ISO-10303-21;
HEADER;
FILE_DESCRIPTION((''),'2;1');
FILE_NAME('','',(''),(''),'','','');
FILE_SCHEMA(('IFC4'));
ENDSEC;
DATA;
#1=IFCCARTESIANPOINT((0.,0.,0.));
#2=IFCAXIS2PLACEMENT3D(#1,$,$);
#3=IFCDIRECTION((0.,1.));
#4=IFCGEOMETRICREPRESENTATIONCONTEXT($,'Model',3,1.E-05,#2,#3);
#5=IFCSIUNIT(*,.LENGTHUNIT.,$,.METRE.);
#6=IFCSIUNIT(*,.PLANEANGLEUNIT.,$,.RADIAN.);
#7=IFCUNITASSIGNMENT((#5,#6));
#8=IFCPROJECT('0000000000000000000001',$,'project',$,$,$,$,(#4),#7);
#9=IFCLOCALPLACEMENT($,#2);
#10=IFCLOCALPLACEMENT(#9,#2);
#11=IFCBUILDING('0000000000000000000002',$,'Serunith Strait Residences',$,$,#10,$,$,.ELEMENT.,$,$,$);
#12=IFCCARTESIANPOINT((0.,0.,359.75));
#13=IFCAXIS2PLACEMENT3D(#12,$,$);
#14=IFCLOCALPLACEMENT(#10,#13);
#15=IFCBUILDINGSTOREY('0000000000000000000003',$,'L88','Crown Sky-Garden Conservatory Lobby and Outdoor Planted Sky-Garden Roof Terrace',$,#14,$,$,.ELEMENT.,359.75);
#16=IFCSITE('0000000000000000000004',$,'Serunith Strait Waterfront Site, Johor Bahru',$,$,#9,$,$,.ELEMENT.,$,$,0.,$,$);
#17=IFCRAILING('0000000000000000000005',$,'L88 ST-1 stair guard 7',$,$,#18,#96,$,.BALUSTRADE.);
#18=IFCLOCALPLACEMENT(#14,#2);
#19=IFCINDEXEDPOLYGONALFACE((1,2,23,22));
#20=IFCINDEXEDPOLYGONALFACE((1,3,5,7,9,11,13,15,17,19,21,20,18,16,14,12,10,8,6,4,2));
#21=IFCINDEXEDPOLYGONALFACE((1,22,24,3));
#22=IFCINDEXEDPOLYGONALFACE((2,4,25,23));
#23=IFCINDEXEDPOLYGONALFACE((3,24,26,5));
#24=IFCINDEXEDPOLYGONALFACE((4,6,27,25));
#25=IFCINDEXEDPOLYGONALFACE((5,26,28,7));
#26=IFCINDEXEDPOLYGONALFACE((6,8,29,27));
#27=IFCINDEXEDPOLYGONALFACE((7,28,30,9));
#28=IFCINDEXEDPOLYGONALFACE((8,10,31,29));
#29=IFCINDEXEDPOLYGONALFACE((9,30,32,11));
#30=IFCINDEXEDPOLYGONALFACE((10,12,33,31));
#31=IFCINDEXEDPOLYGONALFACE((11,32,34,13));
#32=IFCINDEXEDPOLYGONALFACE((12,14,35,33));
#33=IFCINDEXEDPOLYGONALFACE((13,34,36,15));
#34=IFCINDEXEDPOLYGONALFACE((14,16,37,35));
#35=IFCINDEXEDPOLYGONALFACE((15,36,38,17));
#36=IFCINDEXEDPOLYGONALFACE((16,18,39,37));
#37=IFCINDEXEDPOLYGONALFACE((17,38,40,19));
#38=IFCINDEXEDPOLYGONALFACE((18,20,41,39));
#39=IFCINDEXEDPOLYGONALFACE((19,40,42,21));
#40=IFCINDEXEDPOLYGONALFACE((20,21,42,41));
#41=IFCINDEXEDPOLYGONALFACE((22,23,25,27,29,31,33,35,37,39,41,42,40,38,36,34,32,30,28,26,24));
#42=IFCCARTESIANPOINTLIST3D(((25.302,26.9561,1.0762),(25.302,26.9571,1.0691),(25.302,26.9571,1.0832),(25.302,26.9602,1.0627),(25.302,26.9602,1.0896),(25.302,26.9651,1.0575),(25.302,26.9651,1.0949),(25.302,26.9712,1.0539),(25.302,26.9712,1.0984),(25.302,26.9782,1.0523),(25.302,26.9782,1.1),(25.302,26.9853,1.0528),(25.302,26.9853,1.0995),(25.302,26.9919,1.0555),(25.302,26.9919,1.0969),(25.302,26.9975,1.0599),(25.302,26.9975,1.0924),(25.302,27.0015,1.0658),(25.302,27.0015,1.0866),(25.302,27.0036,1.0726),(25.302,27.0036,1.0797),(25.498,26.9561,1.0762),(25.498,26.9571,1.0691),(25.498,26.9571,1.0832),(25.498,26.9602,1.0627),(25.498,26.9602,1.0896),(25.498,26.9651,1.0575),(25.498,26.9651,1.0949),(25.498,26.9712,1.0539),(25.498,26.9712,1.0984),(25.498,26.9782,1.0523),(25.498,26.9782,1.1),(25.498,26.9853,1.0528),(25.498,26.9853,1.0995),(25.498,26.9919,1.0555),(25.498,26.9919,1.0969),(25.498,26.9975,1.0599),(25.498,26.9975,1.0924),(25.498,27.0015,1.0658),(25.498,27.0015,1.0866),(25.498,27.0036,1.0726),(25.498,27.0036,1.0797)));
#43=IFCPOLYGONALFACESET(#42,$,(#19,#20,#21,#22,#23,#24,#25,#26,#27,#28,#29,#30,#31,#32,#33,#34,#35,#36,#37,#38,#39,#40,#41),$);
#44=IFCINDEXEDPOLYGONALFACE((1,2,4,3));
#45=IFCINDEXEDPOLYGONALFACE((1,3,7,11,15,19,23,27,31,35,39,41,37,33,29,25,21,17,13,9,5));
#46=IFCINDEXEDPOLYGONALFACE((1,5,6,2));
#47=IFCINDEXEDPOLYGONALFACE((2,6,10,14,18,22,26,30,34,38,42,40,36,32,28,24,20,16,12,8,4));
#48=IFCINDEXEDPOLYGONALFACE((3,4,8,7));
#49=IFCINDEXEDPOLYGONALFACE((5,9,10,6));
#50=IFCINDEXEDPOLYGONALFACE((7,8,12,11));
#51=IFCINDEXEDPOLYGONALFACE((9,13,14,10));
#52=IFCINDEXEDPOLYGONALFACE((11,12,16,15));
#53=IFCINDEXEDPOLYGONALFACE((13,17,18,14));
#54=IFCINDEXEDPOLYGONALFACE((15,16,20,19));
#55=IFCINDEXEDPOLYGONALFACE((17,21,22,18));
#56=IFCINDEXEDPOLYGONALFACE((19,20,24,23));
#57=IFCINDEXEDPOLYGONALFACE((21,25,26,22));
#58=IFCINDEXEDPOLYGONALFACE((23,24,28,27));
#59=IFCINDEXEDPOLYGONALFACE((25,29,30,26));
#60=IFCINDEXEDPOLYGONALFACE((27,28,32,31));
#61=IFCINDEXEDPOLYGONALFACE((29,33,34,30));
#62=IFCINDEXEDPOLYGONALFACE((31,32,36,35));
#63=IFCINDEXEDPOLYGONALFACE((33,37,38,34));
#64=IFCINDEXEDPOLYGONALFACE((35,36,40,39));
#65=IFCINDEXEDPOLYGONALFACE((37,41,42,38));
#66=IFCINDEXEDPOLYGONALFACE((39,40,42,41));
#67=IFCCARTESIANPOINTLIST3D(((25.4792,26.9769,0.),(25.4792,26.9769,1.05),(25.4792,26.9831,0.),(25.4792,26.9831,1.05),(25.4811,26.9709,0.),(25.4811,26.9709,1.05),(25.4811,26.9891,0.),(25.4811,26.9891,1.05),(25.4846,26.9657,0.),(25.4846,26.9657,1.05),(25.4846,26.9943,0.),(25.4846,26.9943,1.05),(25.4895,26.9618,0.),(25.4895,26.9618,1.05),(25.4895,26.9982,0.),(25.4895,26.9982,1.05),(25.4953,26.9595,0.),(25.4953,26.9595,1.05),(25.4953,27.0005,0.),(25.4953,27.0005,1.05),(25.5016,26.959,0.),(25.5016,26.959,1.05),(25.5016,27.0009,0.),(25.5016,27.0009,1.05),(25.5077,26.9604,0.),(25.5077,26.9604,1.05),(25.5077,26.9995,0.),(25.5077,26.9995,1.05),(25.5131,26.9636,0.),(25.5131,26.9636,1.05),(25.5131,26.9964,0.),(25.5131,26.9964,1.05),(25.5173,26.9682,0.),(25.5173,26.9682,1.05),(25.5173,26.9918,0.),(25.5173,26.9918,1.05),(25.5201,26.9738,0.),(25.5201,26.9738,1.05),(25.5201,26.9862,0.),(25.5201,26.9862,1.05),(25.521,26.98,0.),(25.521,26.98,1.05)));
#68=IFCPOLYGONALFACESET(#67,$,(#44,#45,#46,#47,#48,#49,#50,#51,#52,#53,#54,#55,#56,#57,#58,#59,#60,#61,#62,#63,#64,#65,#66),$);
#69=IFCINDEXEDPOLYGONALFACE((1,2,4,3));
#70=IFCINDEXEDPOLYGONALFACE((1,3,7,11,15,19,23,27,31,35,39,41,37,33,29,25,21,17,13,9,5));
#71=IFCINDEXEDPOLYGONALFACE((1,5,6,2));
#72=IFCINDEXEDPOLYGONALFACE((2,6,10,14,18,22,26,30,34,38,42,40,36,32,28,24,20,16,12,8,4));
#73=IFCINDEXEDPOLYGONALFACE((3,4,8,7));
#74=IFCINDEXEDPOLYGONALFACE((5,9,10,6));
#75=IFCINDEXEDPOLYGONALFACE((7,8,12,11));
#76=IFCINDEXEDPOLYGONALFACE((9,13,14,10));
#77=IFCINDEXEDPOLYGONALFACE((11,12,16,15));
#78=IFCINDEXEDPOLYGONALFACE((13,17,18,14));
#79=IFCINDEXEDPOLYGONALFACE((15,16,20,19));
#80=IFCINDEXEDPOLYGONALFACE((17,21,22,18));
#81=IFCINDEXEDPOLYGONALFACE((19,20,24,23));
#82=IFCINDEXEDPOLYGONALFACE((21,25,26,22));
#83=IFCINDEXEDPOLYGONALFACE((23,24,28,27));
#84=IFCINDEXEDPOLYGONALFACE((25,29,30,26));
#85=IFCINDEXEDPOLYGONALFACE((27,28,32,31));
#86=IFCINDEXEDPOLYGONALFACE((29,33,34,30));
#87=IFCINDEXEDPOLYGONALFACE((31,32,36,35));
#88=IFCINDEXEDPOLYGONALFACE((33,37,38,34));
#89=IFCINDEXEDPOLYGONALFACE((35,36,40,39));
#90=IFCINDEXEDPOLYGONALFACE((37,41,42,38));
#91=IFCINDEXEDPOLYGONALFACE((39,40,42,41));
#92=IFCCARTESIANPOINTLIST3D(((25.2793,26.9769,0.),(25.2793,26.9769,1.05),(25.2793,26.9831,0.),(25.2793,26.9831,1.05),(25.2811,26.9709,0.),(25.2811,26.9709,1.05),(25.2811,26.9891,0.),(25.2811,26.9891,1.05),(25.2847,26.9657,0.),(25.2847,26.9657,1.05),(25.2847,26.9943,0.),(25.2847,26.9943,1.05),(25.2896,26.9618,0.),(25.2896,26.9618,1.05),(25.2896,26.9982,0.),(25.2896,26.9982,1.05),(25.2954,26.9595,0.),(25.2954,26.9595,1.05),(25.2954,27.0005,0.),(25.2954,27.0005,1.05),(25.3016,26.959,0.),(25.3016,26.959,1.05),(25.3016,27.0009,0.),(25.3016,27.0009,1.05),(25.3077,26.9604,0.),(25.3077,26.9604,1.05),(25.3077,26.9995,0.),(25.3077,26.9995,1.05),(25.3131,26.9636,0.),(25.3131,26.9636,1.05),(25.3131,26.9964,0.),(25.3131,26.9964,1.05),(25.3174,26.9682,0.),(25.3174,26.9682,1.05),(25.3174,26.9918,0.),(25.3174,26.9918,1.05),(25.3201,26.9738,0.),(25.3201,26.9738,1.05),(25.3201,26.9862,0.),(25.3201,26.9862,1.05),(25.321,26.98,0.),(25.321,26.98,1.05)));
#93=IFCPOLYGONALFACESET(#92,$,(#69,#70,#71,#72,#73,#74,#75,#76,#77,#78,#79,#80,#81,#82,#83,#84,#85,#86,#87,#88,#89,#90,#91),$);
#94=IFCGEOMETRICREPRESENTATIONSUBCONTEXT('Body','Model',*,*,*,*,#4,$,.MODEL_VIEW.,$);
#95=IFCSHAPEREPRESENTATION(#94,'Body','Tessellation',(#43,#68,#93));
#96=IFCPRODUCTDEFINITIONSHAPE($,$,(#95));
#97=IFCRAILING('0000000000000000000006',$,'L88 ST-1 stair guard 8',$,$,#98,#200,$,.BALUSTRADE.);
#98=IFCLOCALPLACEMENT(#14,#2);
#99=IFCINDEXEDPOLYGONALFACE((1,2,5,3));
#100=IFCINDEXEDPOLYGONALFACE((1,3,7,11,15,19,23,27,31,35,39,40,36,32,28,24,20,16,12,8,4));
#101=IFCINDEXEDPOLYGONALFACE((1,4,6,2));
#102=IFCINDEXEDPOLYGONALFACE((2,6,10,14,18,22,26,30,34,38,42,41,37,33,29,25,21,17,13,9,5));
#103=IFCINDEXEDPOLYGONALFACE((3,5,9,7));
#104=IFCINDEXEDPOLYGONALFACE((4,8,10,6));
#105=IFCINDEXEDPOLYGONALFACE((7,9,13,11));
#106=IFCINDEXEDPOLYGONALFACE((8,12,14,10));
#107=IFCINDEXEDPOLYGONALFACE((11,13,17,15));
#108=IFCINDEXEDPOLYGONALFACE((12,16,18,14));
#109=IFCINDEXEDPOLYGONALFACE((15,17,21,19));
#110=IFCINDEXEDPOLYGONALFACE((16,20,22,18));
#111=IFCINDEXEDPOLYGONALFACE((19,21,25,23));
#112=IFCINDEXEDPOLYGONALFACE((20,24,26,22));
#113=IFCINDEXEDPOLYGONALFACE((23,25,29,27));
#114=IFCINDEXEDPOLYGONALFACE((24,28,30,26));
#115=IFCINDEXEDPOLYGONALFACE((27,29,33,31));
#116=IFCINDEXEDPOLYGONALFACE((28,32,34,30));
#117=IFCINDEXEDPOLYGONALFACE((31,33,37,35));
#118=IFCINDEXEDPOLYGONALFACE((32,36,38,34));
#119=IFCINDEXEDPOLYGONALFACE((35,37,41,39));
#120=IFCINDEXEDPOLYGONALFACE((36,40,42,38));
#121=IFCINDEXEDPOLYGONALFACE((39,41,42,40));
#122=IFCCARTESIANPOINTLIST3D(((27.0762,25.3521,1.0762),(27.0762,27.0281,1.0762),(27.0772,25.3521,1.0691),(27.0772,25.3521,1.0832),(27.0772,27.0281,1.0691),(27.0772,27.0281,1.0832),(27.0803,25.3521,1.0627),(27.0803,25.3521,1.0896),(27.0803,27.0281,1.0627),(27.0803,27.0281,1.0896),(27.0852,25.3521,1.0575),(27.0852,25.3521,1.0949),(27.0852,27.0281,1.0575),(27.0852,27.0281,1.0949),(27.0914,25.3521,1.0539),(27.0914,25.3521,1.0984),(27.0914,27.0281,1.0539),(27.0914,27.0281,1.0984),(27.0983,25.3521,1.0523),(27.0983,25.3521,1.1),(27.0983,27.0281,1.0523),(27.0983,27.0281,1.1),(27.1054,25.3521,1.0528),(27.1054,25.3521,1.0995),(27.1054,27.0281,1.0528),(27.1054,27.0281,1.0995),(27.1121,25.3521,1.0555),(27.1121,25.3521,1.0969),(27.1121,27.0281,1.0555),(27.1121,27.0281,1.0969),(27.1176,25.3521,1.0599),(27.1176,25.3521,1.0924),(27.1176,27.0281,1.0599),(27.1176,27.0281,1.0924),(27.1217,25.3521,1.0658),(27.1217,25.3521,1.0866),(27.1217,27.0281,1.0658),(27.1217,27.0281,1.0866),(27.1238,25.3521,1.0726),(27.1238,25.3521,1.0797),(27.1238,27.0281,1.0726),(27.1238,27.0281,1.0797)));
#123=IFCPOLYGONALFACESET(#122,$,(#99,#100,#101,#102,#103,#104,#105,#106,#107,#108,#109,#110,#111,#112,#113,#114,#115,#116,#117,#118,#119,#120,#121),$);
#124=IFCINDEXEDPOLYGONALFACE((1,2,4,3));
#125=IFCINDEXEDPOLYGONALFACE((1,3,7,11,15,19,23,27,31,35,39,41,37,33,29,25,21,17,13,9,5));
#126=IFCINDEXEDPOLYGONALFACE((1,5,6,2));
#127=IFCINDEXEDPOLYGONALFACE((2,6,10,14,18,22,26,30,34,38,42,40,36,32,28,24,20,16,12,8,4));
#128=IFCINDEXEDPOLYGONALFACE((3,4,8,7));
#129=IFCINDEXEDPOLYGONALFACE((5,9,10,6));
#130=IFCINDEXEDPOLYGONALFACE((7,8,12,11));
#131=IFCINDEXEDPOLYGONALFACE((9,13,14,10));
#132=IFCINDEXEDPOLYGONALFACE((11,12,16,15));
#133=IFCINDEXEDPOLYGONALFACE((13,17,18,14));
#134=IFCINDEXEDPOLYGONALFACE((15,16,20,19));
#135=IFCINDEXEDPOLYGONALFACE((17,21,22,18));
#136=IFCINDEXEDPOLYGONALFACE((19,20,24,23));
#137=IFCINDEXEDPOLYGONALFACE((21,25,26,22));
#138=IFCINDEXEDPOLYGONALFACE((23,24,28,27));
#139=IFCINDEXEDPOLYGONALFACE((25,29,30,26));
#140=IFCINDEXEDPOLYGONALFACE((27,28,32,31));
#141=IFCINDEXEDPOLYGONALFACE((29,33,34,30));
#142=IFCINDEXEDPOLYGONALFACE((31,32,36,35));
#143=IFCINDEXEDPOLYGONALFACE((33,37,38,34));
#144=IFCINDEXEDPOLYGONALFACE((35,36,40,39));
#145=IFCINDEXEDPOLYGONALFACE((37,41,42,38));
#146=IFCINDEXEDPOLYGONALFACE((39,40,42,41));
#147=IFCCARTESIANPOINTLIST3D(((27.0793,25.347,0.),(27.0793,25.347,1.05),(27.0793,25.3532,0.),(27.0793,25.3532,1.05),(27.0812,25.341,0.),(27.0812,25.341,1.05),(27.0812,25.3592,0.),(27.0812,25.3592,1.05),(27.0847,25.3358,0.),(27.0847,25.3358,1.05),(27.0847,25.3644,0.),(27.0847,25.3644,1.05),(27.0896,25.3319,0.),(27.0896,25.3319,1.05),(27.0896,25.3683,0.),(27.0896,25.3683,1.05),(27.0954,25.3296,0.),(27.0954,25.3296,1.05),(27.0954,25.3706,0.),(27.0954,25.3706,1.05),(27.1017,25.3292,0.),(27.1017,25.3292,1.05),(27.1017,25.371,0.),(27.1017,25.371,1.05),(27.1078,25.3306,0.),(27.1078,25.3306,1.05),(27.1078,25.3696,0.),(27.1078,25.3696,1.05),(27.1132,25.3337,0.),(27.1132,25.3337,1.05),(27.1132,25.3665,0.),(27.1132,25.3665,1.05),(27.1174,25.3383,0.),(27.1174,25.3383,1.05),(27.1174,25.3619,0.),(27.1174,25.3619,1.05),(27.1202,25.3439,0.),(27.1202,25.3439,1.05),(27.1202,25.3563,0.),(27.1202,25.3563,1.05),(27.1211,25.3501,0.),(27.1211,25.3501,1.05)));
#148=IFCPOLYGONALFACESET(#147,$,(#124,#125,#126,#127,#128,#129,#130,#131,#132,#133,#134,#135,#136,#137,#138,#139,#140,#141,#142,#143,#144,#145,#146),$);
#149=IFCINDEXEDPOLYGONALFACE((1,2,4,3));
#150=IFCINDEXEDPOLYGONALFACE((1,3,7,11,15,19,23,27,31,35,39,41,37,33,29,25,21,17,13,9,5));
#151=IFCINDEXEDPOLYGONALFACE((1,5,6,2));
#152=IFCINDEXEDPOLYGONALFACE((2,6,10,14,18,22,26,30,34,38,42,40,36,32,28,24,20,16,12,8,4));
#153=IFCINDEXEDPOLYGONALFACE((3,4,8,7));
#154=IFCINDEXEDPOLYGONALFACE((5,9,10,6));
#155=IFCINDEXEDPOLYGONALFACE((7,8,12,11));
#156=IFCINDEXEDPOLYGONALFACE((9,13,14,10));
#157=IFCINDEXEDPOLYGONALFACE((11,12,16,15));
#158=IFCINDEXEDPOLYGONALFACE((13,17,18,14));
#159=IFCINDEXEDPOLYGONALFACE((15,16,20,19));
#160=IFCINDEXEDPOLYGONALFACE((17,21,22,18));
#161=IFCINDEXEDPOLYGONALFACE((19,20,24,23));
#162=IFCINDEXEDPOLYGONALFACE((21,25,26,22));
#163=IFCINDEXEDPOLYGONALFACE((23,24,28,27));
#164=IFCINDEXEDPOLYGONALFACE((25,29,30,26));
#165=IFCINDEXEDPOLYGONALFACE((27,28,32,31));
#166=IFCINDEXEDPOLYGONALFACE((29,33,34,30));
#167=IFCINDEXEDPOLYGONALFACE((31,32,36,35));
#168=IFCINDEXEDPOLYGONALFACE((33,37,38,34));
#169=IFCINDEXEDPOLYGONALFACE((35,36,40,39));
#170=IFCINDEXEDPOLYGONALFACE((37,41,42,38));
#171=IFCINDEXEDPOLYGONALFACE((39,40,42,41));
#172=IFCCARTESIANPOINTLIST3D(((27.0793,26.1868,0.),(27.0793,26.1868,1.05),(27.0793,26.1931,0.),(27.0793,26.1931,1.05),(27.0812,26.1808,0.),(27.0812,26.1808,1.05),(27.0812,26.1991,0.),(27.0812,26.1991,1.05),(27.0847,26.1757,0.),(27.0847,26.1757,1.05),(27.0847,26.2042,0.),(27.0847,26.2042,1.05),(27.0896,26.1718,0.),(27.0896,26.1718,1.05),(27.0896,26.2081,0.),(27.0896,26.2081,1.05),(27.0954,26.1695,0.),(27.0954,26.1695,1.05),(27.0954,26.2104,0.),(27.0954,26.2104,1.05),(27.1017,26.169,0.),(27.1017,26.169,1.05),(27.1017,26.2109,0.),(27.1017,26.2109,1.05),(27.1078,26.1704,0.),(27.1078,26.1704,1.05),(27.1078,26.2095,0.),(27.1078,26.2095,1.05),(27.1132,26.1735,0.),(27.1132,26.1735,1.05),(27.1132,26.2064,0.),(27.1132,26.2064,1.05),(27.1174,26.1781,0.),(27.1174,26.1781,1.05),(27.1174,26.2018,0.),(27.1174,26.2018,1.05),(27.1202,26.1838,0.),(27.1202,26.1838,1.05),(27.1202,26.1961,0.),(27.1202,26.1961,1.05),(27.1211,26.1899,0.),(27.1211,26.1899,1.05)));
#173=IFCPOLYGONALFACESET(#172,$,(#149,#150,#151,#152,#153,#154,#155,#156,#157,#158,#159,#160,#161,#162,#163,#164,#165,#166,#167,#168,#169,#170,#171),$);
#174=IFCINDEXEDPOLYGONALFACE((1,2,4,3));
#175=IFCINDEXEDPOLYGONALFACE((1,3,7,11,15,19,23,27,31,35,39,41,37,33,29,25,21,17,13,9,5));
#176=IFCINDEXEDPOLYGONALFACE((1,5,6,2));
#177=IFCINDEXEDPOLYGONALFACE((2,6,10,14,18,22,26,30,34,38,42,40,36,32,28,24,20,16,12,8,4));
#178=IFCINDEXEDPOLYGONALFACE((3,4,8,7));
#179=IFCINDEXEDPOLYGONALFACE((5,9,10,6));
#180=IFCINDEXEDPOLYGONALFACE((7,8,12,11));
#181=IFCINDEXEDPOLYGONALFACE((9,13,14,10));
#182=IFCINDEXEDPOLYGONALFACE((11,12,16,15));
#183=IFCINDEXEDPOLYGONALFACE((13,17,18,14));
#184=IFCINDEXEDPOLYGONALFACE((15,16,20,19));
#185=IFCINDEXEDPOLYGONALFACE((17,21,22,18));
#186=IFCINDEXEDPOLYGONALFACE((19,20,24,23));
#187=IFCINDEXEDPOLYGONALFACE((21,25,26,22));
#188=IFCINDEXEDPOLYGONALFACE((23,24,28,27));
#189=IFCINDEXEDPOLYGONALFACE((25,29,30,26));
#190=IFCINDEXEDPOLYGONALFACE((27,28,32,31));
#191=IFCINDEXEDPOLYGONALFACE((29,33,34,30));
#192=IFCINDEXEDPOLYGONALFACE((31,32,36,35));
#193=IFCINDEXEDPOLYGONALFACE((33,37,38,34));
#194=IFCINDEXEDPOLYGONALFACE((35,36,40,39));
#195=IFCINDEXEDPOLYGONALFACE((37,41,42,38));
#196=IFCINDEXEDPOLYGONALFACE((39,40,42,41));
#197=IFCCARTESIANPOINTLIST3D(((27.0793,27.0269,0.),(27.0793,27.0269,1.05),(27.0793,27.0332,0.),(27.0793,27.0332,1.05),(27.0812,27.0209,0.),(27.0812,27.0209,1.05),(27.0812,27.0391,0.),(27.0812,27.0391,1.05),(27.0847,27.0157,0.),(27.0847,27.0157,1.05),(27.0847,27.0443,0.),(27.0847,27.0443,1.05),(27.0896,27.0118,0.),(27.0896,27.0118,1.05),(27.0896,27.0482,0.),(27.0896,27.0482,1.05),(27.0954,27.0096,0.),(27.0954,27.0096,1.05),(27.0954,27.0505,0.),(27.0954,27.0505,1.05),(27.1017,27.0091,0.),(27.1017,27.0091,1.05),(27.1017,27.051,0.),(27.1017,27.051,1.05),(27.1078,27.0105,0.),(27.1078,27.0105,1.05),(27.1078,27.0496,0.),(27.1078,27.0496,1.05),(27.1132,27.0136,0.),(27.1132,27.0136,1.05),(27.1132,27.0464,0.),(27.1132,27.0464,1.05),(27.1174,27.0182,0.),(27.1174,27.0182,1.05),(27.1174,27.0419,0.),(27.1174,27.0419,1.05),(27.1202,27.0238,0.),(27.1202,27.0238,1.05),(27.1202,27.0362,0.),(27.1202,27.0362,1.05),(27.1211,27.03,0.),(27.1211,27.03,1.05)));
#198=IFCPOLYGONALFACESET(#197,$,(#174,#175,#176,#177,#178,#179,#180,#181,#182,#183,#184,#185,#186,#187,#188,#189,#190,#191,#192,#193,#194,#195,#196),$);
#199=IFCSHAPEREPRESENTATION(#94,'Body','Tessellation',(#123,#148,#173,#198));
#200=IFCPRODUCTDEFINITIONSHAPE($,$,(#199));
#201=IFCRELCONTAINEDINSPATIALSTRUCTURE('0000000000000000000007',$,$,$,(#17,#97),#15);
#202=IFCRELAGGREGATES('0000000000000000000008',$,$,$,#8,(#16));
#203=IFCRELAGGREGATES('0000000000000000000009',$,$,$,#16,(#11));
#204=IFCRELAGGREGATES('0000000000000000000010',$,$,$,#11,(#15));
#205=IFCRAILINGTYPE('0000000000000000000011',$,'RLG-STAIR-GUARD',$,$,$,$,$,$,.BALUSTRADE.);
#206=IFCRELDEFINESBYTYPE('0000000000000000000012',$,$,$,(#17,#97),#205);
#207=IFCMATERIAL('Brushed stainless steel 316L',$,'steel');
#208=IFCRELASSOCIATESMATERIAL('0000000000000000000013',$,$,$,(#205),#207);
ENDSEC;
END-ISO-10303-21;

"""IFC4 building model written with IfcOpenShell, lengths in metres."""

from ifc_helpers import new_model, si_unit, direction, frame, origin, origin_2d, place, context, subcontext, project, spatial, circle, extrude, material, type_object, element, save


model = new_model("IFC4")

# Units and contexts
model_context = context("Model", 3, precision=1e-05, world=origin(), true_north=direction((0.0, 1.0)))
body_context = subcontext(model_context, "Body", "Model", "MODEL_VIEW")
ifc_project = project(units=[si_unit("LENGTHUNIT", "METRE"), si_unit("PLANEANGLEUNIT", "RADIAN")], contexts=[model_context])

# Site, building, storey
site_placement = place(None, origin())
site = spatial("IfcSite", under=ifc_project, at=site_placement, Name="Serunith Strait Waterfront Site, Johor Bahru", CompositionType="ELEMENT", RefElevation=0.0)
building_placement = place(site_placement, origin())
building = spatial("IfcBuilding", under=site, at=building_placement, Name="Serunith Strait Residences", CompositionType="ELEMENT")
storey_placement = place(building_placement, frame((0.0, 0.0, 359.75)))
storey = spatial("IfcBuildingStorey", under=building, at=storey_placement, Name="L88", Description="Crown Sky-Garden Conservatory Lobby and Outdoor Planted Sky-Garden Roof Terrace", CompositionType="ELEMENT", Elevation=359.75)

# Railings
ifc_material_1 = material(Name="Brushed stainless steel 316L", Category="steel")
railing_type_1 = type_object("IfcRailingType", Name="RLG-STAIR-GUARD", PredefinedType="BALUSTRADE", material=ifc_material_1)
railing_1_placement = place(storey_placement, frame((25.5, 26.98, 0.0)))
element("IfcRailing", 1, at=railing_1_placement, inside=storey, type_object=railing_type_1, Name="L88 ST-1 stair guard 7", PredefinedType="BALUSTRADE", context=body_context, shape_type="SweptSolid", body=[
    extrude(circle(Radius=0.0239, at=origin_2d()), frame((-0.002, 0.0, 1.0762), z_axis=(-1.0, 0.0, 0.0), x_axis=(0.0, -1.0, 0.0)), (0.0, 0.0, 1.0), 0.196),
    extrude(circle(Radius=0.021, at=origin_2d()), origin(), (0.0, 0.0, 1.0), 1.05),
    extrude(circle(Radius=0.021, at=origin_2d()), frame((-0.2, 0.0, 0.0)), (0.0, 0.0, 1.0), 1.05),
])
for number, where, name in (
    (2, (27.1001, 25.3501, 0.0), "L88 ST-1 stair guard 8"),
):
    element("IfcRailing", number, at=place(storey_placement, frame(where)), inside=storey, type_object=railing_type_1, Name=name, PredefinedType="BALUSTRADE", context=body_context, shape_type="SweptSolid", body=[
        extrude(circle(Radius=0.0239, at=origin_2d()), frame((0.0, 0.002, 1.0762), z_axis=(0.0, 1.0, 0.0), x_axis=(-1.0, 0.0, 0.0)), (0.0, 0.0, 1.0), 1.676),
        extrude(circle(Radius=0.021, at=origin_2d()), origin(), (0.0, 0.0, 1.0), 1.05),
        extrude(circle(Radius=0.021, at=origin_2d()), frame((0.0, 0.8398, 0.0)), (0.0, 0.0, 1.0), 1.05),
        extrude(circle(Radius=0.021, at=origin_2d()), frame((0.0, 1.6799, 0.0)), (0.0, 0.0, 1.0), 1.05),
    ])

save(model, "model.ifc")
